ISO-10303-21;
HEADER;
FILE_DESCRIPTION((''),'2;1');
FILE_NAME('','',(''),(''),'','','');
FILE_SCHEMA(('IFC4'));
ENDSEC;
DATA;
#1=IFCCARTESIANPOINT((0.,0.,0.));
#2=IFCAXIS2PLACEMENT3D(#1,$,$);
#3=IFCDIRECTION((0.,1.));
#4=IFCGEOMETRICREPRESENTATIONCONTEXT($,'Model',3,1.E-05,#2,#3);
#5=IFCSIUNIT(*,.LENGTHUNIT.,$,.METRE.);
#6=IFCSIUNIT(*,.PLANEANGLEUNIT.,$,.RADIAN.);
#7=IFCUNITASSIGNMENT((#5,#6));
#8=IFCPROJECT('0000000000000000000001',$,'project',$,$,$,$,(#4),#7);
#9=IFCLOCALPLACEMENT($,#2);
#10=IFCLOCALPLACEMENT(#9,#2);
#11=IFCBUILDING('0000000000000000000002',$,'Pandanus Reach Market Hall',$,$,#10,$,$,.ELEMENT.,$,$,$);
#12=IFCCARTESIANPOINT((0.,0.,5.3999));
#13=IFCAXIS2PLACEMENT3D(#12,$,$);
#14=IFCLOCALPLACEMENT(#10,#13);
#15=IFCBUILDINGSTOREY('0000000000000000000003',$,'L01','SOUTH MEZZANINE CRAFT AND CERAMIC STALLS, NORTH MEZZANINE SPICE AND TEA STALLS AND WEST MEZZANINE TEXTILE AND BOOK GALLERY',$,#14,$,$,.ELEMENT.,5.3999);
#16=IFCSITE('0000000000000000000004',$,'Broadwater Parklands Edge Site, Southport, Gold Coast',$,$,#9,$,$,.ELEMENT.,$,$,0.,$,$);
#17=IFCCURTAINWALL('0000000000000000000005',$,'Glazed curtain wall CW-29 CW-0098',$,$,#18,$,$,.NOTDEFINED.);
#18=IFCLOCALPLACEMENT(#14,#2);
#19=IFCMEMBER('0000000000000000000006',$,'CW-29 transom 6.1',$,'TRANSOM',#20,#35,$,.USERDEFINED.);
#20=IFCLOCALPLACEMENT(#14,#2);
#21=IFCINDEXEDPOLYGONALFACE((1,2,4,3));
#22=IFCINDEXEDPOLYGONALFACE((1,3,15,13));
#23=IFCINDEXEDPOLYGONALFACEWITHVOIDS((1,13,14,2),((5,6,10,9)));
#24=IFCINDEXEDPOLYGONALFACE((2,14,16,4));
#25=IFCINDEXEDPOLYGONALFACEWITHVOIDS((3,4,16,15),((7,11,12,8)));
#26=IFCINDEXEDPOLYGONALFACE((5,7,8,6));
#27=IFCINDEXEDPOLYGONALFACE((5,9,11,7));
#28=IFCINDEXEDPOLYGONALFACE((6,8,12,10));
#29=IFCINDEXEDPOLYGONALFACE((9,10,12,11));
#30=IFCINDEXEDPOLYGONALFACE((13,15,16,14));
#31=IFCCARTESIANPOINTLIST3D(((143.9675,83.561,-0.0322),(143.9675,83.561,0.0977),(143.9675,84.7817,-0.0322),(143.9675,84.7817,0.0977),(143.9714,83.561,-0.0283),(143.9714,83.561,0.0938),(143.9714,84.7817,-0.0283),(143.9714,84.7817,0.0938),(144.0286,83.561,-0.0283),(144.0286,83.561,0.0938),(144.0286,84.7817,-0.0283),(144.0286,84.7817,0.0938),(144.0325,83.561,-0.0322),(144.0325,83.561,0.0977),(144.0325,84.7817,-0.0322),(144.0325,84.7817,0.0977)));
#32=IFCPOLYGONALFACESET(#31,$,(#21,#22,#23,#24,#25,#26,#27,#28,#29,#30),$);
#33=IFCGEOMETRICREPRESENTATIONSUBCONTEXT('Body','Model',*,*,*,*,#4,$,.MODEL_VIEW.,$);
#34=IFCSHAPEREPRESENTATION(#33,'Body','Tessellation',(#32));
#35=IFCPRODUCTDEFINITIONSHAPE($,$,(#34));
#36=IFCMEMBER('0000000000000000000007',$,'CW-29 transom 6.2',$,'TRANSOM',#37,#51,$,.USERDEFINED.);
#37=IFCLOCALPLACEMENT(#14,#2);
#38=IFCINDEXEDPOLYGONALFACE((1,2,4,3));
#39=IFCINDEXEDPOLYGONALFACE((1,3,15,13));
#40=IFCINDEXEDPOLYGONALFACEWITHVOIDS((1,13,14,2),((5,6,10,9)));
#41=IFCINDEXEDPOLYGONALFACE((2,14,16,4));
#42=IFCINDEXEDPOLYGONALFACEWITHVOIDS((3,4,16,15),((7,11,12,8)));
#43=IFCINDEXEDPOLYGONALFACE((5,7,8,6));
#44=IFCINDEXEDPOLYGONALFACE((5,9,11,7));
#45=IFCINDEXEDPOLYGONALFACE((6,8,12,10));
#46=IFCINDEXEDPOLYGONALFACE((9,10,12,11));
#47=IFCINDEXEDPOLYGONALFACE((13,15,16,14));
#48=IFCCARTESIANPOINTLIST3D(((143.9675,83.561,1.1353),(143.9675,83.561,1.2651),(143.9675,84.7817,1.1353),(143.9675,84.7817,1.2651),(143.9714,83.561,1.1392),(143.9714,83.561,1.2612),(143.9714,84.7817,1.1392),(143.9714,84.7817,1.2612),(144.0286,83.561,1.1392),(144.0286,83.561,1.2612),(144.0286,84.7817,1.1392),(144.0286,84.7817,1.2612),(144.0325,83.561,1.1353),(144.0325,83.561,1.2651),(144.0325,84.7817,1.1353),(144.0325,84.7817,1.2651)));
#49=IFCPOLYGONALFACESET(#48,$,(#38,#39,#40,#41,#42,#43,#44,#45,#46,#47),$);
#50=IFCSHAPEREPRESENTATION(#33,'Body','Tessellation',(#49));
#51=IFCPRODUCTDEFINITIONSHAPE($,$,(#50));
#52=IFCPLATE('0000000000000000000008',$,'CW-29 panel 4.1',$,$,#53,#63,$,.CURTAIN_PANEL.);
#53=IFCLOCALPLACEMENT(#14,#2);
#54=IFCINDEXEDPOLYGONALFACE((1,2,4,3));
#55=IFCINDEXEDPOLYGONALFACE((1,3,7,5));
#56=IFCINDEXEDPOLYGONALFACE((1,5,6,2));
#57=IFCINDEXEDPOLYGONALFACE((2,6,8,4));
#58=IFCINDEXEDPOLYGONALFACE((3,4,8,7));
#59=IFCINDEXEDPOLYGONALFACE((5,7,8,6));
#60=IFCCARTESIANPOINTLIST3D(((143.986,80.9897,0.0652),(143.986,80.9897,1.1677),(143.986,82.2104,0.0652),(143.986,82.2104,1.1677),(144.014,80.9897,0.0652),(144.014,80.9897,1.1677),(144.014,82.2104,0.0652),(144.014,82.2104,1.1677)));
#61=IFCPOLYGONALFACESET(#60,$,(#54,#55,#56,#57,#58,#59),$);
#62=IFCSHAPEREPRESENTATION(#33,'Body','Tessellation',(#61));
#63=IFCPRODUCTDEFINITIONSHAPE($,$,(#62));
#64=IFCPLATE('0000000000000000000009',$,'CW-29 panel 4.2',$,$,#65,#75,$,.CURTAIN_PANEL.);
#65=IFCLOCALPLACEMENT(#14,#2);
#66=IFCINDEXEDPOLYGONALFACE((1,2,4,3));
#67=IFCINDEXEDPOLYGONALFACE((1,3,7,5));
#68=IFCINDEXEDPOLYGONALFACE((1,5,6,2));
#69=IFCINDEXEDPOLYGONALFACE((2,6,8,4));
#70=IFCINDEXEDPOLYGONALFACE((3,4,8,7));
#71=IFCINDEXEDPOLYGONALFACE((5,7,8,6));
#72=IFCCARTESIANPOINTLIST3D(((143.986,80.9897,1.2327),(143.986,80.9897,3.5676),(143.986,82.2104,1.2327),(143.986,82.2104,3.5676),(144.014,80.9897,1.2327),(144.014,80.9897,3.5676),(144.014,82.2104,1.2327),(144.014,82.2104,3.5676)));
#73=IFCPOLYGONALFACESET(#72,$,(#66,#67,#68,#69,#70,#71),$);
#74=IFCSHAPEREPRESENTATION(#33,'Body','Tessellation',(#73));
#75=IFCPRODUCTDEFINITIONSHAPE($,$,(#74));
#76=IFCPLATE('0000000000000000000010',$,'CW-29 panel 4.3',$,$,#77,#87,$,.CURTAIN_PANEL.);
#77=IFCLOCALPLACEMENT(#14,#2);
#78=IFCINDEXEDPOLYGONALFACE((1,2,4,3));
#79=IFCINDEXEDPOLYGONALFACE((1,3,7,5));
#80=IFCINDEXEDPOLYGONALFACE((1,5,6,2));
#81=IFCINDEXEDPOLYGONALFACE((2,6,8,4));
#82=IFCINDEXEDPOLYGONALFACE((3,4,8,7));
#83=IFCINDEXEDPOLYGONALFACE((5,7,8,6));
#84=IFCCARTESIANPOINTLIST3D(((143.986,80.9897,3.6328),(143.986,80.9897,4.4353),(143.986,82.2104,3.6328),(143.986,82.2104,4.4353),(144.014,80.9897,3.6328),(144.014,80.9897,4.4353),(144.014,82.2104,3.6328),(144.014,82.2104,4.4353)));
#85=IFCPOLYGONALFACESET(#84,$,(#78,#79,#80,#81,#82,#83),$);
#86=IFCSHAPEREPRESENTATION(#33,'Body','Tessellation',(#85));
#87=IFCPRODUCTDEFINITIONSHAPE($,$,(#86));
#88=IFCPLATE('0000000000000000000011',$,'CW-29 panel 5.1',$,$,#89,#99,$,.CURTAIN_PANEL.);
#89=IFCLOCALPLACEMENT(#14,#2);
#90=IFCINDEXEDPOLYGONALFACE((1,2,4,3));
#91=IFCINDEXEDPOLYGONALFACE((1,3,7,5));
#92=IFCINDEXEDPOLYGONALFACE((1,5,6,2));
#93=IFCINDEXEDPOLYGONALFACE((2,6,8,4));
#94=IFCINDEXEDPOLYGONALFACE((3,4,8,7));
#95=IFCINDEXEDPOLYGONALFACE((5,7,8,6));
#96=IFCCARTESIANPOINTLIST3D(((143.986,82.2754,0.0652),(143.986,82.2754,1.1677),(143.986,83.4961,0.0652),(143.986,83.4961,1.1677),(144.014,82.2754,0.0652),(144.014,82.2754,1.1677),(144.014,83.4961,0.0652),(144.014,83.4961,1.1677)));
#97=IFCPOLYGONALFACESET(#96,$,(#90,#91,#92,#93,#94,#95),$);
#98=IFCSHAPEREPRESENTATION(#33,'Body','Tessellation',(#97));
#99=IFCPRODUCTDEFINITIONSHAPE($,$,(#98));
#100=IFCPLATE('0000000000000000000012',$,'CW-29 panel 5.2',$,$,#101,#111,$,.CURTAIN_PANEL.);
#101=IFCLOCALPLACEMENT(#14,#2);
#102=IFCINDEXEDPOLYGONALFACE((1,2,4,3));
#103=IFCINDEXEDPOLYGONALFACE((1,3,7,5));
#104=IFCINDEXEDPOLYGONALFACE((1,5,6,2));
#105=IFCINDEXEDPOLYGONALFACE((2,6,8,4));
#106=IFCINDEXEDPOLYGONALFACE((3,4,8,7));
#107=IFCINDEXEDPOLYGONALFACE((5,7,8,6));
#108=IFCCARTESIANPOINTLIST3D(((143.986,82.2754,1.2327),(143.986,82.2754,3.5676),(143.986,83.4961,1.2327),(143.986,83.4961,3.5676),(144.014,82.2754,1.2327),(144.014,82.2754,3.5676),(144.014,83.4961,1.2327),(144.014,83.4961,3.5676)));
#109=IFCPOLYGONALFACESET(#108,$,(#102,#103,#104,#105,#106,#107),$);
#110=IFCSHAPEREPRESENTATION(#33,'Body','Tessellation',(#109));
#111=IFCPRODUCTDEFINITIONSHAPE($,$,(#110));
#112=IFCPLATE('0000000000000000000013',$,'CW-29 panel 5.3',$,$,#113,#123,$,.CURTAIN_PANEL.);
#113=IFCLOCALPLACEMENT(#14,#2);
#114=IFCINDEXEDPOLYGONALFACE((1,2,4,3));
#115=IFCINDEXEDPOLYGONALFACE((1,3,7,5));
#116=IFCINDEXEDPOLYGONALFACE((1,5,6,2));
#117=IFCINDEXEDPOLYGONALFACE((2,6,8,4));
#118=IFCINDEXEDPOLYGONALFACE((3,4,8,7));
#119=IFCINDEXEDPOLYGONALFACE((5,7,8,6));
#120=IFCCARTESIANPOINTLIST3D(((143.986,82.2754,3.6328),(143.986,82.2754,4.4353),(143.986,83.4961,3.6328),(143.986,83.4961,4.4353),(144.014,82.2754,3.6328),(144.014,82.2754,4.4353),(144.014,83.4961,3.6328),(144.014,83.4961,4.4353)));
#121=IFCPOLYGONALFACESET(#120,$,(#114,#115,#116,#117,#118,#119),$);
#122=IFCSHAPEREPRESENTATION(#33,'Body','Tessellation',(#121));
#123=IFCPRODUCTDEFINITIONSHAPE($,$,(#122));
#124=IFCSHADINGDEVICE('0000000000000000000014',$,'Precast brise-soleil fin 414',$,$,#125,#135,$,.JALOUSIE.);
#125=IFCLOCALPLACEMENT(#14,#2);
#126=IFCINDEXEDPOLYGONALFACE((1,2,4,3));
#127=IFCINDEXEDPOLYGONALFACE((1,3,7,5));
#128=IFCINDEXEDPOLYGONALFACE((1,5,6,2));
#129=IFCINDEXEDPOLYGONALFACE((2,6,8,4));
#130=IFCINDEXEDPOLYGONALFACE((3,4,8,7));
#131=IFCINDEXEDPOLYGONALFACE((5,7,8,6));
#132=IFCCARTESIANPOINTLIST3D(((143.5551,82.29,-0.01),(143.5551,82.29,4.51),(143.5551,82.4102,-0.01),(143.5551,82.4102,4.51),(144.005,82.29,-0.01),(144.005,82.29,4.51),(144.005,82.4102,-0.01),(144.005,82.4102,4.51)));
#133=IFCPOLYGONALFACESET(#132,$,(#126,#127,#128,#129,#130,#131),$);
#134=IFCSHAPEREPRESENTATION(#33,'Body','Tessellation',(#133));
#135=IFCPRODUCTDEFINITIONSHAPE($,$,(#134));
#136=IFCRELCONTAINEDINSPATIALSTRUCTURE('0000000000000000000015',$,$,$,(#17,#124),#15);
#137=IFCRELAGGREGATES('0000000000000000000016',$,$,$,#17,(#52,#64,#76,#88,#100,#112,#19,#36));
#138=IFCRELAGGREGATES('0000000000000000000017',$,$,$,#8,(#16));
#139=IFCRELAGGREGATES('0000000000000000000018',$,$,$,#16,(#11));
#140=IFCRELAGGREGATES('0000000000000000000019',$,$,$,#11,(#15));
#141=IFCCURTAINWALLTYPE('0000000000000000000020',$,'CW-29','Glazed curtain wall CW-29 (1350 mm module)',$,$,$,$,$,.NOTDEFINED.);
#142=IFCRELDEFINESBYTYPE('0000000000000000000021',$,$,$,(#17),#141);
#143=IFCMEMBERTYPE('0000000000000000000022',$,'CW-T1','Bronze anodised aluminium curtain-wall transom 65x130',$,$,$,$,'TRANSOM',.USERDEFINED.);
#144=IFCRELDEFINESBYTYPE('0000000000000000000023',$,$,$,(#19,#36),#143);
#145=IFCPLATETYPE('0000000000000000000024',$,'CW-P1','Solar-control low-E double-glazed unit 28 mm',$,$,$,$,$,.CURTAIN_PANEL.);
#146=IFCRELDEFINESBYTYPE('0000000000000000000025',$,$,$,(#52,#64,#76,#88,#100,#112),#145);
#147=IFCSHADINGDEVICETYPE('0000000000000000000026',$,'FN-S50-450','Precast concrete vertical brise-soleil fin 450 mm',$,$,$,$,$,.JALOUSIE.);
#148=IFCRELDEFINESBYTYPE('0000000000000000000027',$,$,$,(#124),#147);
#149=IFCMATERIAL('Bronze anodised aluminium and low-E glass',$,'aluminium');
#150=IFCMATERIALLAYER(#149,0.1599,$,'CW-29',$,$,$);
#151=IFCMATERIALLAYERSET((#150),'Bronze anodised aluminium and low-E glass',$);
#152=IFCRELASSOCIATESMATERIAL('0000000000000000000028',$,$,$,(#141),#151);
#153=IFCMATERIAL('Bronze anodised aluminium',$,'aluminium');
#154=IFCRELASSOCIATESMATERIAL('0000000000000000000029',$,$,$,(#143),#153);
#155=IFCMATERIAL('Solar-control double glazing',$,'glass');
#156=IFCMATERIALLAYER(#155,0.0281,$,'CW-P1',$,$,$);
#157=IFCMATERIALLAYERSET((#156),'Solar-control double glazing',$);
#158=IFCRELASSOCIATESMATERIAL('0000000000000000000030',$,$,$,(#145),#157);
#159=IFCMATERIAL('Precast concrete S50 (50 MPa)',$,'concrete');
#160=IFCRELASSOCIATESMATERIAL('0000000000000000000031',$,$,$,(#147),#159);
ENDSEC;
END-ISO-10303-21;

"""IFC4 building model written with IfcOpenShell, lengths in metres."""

from ifc_helpers import new_model, si_unit, direction, frame, origin, origin_2d, place, context, subcontext, project, spatial, rectangle, hollow_rectangle, extrude, material, layer, layer_set, material_profile, profile_set, type_object, element, aggregate, save


model = new_model("IFC4")

# Units and contexts
model_context = context("Model", 3, precision=1e-05, world=origin(), true_north=direction((0.0, 1.0)))
body_context = subcontext(model_context, "Body", "Model", "MODEL_VIEW")
ifc_project = project(units=[si_unit("LENGTHUNIT", "METRE"), si_unit("PLANEANGLEUNIT", "RADIAN")], contexts=[model_context])

# Site, building, storey
site_placement = place(None, origin())
site = spatial("IfcSite", under=ifc_project, at=site_placement, Name="Broadwater Parklands Edge Site, Southport, Gold Coast", CompositionType="ELEMENT", RefElevation=0.0)
building_placement = place(site_placement, origin())
building = spatial("IfcBuilding", under=site, at=building_placement, Name="Pandanus Reach Market Hall", CompositionType="ELEMENT")
storey_placement = place(building_placement, frame((0.0, 0.0, 5.3999)))
storey = spatial("IfcBuildingStorey", under=building, at=storey_placement, Name="L01", Description="SOUTH MEZZANINE CRAFT AND CERAMIC STALLS, NORTH MEZZANINE SPICE AND TEA STALLS AND WEST MEZZANINE TEXTILE AND BOOK GALLERY", CompositionType="ELEMENT", Elevation=5.3999)

# Curtain wall, members, plates
ifc_material_1 = material(Name="Bronze anodised aluminium and low-E glass", Category="aluminium")
ifc_layer_1 = layer(ifc_material_1, 0.1599, Name="CW-29")
ifc_layer_set_1 = layer_set([ifc_layer_1], Name="Bronze anodised aluminium and low-E glass")
curtain_wall_type = type_object("IfcCurtainWallType", Name="CW-29", Description="Glazed curtain wall CW-29 (1350 mm module)", PredefinedType="NOTDEFINED", material=ifc_layer_set_1)
curtain_wall_placement = place(storey_placement, origin())
curtain_wall = element("IfcCurtainWall", 1, at=curtain_wall_placement, inside=storey, type_object=curtain_wall_type, Name="Glazed curtain wall CW-29 CW-0098", PredefinedType="NOTDEFINED")
ifc_material_2 = material(Name="Bronze anodised aluminium", Category="aluminium")
ifc_material_profile_1 = material_profile(ifc_material_2, hollow_rectangle(XDim=0.0649, YDim=0.1299, WallThickness=0.0039, at=origin_2d()), Name="ALU65x130", Category="LoadBearing")
ifc_profile_set_1 = profile_set([ifc_material_profile_1], Name="Bronze anodised aluminium")
member_type_1 = type_object("IfcMemberType", Name="CW-T1", Description="Bronze anodised aluminium curtain-wall transom 65x130", ElementType="TRANSOM", PredefinedType="USERDEFINED", material=ifc_profile_set_1)
member_1_placement = place(storey_placement, frame((144.0, 83.561, 0.0327), z_axis=(0.0, 1.0, 0.0), x_axis=(-1.0, 0.0, 0.0)))
member_1 = element("IfcMember", 2, at=member_1_placement, type_object=member_type_1, Name="CW-29 transom 6.1", ObjectType="TRANSOM", PredefinedType="USERDEFINED", context=body_context, shape_type="SweptSolid", body=[
    extrude(hollow_rectangle(XDim=0.0649, YDim=0.1299, WallThickness=0.0039, at=origin_2d()), origin(), (0.0, 0.0, 1.0), 1.2207),
])
member_2_placement = place(storey_placement, frame((144.0, 83.561, 1.2002), z_axis=(0.0, 1.0, 0.0), x_axis=(-1.0, 0.0, 0.0)))
member_2 = element("IfcMember", 3, at=member_2_placement, type_object=member_type_1, Name="CW-29 transom 6.2", ObjectType="TRANSOM", PredefinedType="USERDEFINED", context=body_context, shape_type="SweptSolid", body=[
    extrude(hollow_rectangle(XDim=0.0649, YDim=0.1299, WallThickness=0.0039, at=origin_2d()), origin(), (0.0, 0.0, 1.0), 1.2207),
])
ifc_material_3 = material(Name="Solar-control double glazing", Category="glass")
ifc_layer_2 = layer(ifc_material_3, 0.0281, Name="CW-P1")
ifc_layer_set_2 = layer_set([ifc_layer_2], Name="Solar-control double glazing")
plate_type = type_object("IfcPlateType", Name="CW-P1", Description="Solar-control low-E double-glazed unit 28 mm", PredefinedType="CURTAIN_PANEL", material=ifc_layer_set_2)
plate_1_placement = place(storey_placement, frame((144.0, 81.6001, 0.0652), z_axis=(0.0, 0.0, 1.0), x_axis=(0.0, 1.0, 0.0)))
plate_1 = element("IfcPlate", 4, at=plate_1_placement, type_object=plate_type, Name="CW-29 panel 4.1", PredefinedType="CURTAIN_PANEL", context=body_context, shape_type="SweptSolid", body=[
    extrude(rectangle(XDim=1.2207, YDim=0.0281, at=origin_2d()), origin(), (0.0, 0.0, 1.0), 1.1025),
])
plate_2_placement = place(storey_placement, frame((144.0, 81.6001, 1.2327), z_axis=(0.0, 0.0, 1.0), x_axis=(0.0, 1.0, 0.0)))
plate_2 = element("IfcPlate", 5, at=plate_2_placement, type_object=plate_type, Name="CW-29 panel 4.2", PredefinedType="CURTAIN_PANEL", context=body_context, shape_type="SweptSolid", body=[
    extrude(rectangle(XDim=1.2207, YDim=0.0281, at=origin_2d()), origin(), (0.0, 0.0, 1.0), 2.335),
])
plate_3_placement = place(storey_placement, frame((144.0, 81.6001, 3.6328), z_axis=(0.0, 0.0, 1.0), x_axis=(0.0, 1.0, 0.0)))
plate_3 = element("IfcPlate", 6, at=plate_3_placement, type_object=plate_type, Name="CW-29 panel 4.3", PredefinedType="CURTAIN_PANEL", context=body_context, shape_type="SweptSolid", body=[
    extrude(rectangle(XDim=1.2207, YDim=0.0281, at=origin_2d()), origin(), (0.0, 0.0, 1.0), 0.8025),
])
plate_4_placement = place(storey_placement, frame((144.0, 82.8857, 0.0652), z_axis=(0.0, 0.0, 1.0), x_axis=(0.0, 1.0, 0.0)))
plate_4 = element("IfcPlate", 7, at=plate_4_placement, type_object=plate_type, Name="CW-29 panel 5.1", PredefinedType="CURTAIN_PANEL", context=body_context, shape_type="SweptSolid", body=[
    extrude(rectangle(XDim=1.2207, YDim=0.0281, at=origin_2d()), origin(), (0.0, 0.0, 1.0), 1.1025),
])
plate_5_placement = place(storey_placement, frame((144.0, 82.8857, 1.2327), z_axis=(0.0, 0.0, 1.0), x_axis=(0.0, 1.0, 0.0)))
plate_5 = element("IfcPlate", 8, at=plate_5_placement, type_object=plate_type, Name="CW-29 panel 5.2", PredefinedType="CURTAIN_PANEL", context=body_context, shape_type="SweptSolid", body=[
    extrude(rectangle(XDim=1.2207, YDim=0.0281, at=origin_2d()), origin(), (0.0, 0.0, 1.0), 2.335),
])
plate_6_placement = place(storey_placement, frame((144.0, 82.8857, 3.6328), z_axis=(0.0, 0.0, 1.0), x_axis=(0.0, 1.0, 0.0)))
plate_6 = element("IfcPlate", 9, at=plate_6_placement, type_object=plate_type, Name="CW-29 panel 5.3", PredefinedType="CURTAIN_PANEL", context=body_context, shape_type="SweptSolid", body=[
    extrude(rectangle(XDim=1.2207, YDim=0.0281, at=origin_2d()), origin(), (0.0, 0.0, 1.0), 0.8025),
])
aggregate(curtain_wall, [plate_1, plate_2, plate_3, plate_4, plate_5, plate_6, member_1, member_2])

# Shading device
ifc_material_4 = material(Name="Precast concrete S50 (50 MPa)", Category="concrete")
shading_device_type = type_object("IfcShadingDeviceType", Name="FN-S50-450", Description="Precast concrete vertical brise-soleil fin 450 mm", PredefinedType="JALOUSIE", material=ifc_material_4)
shading_device_placement = place(storey_placement, frame((143.78, 82.3501, -0.01), z_axis=(0.0, 0.0, 1.0), x_axis=(-1.0, 0.0, 0.0)))
element("IfcShadingDevice", 10, at=shading_device_placement, inside=storey, type_object=shading_device_type, Name="Precast brise-soleil fin 414", PredefinedType="JALOUSIE", context=body_context, shape_type="SweptSolid", body=[
    extrude(rectangle(XDim=0.45, YDim=0.1201, at=origin_2d()), origin(), (0.0, 0.0, 1.0), 4.52),
])

save(model, "model.ifc")
